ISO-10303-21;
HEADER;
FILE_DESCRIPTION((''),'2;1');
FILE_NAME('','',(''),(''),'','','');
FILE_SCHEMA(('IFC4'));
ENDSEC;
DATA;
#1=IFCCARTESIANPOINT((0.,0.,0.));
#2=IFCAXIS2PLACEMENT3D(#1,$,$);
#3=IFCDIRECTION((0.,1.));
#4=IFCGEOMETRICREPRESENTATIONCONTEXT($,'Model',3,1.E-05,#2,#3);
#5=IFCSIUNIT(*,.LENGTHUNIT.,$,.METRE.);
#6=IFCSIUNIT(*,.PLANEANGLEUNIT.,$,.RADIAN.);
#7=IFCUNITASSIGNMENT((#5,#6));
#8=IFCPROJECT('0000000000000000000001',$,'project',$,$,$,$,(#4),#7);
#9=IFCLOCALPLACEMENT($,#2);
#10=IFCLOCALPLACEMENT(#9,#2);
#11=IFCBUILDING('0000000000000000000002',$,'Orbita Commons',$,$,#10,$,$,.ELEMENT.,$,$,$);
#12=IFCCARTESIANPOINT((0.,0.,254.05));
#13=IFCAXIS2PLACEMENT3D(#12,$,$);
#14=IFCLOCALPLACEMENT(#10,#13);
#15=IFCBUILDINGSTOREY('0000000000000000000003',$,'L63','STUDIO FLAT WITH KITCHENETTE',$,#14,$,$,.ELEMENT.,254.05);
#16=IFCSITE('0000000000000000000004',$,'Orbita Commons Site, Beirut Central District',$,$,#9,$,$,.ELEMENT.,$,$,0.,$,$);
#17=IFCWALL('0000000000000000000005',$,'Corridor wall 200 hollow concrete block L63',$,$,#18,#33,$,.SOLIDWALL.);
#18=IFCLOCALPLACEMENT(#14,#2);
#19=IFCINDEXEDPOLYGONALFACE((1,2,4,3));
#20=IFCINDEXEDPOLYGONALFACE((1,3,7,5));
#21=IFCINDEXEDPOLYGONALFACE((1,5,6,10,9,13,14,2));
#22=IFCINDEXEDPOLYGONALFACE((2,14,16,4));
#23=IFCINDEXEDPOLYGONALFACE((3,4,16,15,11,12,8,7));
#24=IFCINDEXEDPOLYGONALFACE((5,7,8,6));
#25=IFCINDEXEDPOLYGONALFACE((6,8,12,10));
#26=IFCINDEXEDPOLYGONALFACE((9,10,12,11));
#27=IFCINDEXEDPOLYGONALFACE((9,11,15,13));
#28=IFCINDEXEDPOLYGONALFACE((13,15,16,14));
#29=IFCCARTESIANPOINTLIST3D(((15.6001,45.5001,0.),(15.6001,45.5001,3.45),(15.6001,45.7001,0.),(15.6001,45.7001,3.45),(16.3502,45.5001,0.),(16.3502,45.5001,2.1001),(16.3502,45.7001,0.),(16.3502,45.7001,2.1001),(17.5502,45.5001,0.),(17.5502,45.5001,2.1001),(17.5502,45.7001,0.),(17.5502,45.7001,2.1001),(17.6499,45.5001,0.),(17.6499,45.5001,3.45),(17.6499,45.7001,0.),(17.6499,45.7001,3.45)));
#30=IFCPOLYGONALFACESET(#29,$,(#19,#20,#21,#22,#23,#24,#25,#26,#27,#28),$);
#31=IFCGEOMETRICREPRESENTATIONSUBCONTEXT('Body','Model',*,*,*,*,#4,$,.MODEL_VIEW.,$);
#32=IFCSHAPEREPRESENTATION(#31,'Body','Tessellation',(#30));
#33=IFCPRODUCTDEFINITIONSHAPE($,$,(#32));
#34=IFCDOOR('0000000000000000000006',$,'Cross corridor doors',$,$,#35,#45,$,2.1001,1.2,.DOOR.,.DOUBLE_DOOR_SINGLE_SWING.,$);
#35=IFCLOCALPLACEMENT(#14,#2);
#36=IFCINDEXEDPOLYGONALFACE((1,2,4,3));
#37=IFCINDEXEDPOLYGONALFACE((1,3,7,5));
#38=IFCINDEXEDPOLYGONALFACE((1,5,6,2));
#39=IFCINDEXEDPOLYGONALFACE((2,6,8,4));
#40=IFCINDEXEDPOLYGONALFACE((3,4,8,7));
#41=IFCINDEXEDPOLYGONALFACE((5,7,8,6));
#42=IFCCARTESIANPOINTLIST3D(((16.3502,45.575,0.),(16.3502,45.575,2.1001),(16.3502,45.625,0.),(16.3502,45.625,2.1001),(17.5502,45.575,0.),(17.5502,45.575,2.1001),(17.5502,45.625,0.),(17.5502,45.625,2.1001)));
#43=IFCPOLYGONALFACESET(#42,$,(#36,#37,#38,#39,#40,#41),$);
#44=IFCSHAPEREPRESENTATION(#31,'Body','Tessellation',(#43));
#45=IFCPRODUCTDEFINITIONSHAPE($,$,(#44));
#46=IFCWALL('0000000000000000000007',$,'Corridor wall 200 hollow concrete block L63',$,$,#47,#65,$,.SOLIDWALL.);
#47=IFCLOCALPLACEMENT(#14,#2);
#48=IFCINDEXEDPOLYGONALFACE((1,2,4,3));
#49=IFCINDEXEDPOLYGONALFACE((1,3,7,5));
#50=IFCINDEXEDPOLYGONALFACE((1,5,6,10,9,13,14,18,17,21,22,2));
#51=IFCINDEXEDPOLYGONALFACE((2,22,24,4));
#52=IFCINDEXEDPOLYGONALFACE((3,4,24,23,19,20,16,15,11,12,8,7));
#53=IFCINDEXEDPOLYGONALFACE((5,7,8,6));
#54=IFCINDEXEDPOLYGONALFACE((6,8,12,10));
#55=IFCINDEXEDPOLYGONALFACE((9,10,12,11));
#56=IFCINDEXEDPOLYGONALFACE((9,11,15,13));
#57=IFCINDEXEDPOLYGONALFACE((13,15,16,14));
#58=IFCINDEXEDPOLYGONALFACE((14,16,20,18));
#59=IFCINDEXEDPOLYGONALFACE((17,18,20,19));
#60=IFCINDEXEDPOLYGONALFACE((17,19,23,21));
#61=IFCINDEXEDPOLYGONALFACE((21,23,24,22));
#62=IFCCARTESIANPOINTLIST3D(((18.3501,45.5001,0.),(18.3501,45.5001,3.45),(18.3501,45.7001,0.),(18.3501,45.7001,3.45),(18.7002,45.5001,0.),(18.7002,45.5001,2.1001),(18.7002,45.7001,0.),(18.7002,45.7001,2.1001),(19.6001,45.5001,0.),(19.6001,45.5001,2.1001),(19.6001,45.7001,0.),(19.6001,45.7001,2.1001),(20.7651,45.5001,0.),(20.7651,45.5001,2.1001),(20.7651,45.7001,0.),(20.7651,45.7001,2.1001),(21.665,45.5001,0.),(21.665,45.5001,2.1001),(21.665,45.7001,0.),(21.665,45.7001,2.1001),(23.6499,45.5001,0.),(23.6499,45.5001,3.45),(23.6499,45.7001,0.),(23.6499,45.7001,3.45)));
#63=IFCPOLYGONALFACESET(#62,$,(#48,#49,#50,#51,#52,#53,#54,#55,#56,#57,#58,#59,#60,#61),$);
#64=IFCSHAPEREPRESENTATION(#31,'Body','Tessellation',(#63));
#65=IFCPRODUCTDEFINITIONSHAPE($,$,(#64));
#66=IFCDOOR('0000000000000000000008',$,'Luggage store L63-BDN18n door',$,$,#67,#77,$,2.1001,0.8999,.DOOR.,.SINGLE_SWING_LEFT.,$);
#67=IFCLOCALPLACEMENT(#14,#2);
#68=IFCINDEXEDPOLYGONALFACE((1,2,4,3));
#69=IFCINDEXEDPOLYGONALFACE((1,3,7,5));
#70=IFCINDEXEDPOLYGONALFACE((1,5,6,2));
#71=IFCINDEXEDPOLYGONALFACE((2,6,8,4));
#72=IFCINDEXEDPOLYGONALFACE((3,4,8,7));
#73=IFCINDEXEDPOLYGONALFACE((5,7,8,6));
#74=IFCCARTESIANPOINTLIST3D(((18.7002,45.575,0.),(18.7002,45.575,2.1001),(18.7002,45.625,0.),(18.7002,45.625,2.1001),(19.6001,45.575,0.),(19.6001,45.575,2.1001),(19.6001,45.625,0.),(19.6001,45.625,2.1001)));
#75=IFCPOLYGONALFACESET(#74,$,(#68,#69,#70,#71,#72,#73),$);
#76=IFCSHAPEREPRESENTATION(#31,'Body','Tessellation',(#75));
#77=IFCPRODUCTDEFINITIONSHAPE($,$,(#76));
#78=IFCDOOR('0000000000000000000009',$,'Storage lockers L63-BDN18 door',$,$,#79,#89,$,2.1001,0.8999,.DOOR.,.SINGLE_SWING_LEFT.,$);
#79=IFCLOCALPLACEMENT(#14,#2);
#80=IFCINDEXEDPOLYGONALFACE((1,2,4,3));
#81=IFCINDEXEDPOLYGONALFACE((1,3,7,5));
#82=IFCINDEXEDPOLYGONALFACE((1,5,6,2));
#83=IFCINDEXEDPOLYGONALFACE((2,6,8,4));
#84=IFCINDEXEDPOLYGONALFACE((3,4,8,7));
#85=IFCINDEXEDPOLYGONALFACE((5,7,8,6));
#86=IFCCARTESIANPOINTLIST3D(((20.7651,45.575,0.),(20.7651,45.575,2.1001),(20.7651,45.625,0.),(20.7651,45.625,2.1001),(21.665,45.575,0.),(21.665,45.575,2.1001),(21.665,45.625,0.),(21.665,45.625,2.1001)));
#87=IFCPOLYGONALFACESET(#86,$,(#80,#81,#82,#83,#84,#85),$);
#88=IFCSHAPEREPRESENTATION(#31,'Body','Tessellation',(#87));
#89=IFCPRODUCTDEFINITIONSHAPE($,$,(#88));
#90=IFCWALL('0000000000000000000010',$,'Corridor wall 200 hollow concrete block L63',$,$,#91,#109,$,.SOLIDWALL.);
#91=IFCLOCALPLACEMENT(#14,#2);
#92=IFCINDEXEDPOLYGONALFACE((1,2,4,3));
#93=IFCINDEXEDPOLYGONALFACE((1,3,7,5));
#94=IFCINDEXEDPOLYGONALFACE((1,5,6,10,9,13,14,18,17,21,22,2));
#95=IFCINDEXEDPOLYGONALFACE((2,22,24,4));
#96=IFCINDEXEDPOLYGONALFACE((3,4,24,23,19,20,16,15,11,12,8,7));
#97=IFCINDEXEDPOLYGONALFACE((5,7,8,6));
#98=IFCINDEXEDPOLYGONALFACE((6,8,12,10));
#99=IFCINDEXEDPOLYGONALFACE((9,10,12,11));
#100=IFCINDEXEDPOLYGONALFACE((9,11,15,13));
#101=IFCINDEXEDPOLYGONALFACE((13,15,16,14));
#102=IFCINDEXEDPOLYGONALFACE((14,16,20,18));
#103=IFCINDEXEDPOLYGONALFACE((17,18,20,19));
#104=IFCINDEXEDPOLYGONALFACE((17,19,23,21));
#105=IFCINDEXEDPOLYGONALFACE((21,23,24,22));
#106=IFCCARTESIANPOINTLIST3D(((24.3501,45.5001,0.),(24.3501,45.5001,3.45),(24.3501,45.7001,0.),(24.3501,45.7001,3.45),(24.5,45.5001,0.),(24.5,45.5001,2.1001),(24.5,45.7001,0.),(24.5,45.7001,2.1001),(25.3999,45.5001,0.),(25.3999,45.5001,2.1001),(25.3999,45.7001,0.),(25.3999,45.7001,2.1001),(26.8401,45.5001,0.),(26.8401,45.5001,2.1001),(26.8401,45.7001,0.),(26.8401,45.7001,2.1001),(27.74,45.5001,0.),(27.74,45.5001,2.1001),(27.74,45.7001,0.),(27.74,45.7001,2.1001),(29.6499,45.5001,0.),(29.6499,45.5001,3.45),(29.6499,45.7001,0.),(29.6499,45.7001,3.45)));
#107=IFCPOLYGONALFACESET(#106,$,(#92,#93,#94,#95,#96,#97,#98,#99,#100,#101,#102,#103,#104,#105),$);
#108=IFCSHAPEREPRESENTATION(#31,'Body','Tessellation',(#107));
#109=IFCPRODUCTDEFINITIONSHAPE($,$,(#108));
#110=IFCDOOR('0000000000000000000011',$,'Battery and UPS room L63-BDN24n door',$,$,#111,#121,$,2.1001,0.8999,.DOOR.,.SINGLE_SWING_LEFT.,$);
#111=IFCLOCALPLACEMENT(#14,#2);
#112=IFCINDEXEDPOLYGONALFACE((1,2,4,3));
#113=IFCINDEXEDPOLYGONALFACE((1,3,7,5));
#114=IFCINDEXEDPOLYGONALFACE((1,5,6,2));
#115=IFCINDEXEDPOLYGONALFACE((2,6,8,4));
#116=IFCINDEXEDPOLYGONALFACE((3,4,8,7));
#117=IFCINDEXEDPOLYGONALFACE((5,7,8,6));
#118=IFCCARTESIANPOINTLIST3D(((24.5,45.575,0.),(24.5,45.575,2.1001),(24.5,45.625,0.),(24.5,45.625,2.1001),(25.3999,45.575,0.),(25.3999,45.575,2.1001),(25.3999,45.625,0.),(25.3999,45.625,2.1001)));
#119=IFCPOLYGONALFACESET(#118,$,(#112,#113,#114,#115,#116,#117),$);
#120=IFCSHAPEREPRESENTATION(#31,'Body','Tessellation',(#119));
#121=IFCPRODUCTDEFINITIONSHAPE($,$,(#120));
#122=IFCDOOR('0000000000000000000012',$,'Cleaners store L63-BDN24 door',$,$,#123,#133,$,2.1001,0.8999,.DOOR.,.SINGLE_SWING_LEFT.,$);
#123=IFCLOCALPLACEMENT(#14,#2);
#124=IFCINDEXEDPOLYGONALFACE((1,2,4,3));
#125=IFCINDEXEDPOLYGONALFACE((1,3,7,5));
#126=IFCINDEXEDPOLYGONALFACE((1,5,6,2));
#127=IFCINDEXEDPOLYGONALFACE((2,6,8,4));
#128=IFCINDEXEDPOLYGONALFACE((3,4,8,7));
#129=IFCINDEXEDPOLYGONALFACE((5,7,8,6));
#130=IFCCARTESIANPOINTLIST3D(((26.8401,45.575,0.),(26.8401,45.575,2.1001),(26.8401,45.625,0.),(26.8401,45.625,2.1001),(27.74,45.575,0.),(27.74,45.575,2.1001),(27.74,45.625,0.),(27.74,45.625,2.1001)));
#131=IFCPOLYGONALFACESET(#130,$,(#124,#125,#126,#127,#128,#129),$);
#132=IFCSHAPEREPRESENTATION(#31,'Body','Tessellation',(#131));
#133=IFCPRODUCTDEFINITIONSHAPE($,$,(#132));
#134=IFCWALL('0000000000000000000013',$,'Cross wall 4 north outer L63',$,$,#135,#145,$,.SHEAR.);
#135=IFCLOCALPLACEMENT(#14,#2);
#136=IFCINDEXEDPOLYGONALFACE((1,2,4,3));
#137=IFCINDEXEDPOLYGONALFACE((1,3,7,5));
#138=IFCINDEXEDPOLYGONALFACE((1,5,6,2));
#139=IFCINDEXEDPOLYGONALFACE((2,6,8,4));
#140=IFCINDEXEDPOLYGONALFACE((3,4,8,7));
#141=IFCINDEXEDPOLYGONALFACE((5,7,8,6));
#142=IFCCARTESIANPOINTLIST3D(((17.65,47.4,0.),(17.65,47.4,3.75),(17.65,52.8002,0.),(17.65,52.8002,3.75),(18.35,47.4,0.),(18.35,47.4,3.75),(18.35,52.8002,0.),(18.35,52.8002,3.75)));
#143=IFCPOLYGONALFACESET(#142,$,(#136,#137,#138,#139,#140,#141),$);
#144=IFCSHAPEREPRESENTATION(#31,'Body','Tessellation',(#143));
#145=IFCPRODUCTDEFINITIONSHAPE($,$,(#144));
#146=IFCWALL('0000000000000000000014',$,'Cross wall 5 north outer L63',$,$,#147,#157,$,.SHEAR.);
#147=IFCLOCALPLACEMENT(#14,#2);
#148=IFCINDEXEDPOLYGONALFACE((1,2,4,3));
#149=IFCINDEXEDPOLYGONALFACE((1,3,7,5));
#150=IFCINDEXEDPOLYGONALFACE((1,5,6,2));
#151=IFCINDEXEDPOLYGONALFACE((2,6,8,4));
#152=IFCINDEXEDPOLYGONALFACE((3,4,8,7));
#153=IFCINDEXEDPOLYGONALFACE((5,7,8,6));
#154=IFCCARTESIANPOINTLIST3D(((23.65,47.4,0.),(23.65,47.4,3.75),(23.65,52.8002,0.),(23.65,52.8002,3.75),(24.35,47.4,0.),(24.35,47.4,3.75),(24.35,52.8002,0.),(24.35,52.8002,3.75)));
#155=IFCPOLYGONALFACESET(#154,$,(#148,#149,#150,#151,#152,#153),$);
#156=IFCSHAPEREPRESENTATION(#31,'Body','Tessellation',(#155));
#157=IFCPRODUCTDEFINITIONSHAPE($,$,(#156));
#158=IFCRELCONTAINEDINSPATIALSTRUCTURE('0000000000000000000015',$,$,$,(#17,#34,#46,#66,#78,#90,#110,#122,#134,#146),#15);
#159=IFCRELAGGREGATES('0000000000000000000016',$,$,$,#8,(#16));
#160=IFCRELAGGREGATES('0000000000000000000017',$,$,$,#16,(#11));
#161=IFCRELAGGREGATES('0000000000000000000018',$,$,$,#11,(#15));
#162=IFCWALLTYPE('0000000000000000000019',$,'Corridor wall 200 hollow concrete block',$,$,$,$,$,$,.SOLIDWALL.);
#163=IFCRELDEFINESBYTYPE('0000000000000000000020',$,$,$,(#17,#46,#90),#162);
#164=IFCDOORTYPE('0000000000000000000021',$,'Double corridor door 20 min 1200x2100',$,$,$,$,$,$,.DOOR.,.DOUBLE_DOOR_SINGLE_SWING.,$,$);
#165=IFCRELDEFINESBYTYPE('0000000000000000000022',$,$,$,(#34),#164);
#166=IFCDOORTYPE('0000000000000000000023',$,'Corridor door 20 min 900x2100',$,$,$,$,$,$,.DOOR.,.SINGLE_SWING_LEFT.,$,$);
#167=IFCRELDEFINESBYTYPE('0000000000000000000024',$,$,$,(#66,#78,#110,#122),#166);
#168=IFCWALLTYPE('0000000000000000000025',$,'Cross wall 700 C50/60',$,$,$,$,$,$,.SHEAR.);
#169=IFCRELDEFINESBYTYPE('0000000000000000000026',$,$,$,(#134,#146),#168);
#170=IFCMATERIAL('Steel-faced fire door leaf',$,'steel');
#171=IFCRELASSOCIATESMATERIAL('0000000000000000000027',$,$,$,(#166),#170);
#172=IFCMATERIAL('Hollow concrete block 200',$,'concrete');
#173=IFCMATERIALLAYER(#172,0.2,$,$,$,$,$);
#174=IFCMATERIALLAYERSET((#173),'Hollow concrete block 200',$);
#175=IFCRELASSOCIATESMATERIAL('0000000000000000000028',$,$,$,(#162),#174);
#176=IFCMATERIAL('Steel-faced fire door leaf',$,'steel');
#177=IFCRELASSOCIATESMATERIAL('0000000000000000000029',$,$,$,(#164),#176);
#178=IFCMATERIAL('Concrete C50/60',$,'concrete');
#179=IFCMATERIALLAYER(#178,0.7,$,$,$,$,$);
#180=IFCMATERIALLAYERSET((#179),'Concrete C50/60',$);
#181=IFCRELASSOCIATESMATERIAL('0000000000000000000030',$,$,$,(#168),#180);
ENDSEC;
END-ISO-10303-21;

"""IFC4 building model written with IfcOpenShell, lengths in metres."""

from ifc_helpers import new_model, si_unit, direction, frame, frame_2d, origin, place, context, subcontext, project, spatial, rectangle, extrude, material, layer, layer_set, type_object, element, fill, save


model = new_model("IFC4")

# Units and contexts
model_context = context("Model", 3, precision=1e-05, world=origin(), true_north=direction((0.0, 1.0)))
body_context = subcontext(model_context, "Body", "Model", "MODEL_VIEW")
ifc_project = project(units=[si_unit("LENGTHUNIT", "METRE"), si_unit("PLANEANGLEUNIT", "RADIAN")], contexts=[model_context])

# Site, building, storey
site_placement = place(None, origin())
site = spatial("IfcSite", under=ifc_project, at=site_placement, Name="Orbita Commons Site, Beirut Central District", CompositionType="ELEMENT", RefElevation=0.0)
building_placement = place(site_placement, origin())
building = spatial("IfcBuilding", under=site, at=building_placement, Name="Orbita Commons", CompositionType="ELEMENT")
storey_placement = place(building_placement, frame((0.0, 0.0, 254.05)))
storey = spatial("IfcBuildingStorey", under=building, at=storey_placement, Name="L63", Description="STUDIO FLAT WITH KITCHENETTE", CompositionType="ELEMENT", Elevation=254.05)

# Wall, opening, door
ifc_material_1 = material(Name="Steel-faced fire door leaf", Category="steel")
door_type_1 = type_object("IfcDoorType", Name="Corridor door 20 min 900x2100", OperationType="SINGLE_SWING_LEFT", PredefinedType="DOOR", material=ifc_material_1)
ifc_material_2 = material(Name="Hollow concrete block 200", Category="concrete")
ifc_layer_1 = layer(ifc_material_2, 0.2)
ifc_layer_set_1 = layer_set([ifc_layer_1], Name="Hollow concrete block 200")
wall_type_1 = type_object("IfcWallType", Name="Corridor wall 200 hollow concrete block", PredefinedType="SOLIDWALL", material=ifc_layer_set_1)
wall_1_placement = place(storey_placement, frame((15.6001, 45.6001, 0.0), z_axis=(0.0, 0.0, 1.0), x_axis=(1.0, 0.0, 0.0)))
wall_1 = element("IfcWall", 1, at=wall_1_placement, inside=storey, type_object=wall_type_1, Name="Corridor wall 200 hollow concrete block L63", PredefinedType="SOLIDWALL", context=body_context, shape_type="SweptSolid", body=[
    extrude(rectangle(XDim=2.0498, YDim=0.2, at=frame_2d((1.0249, 0.0))), origin(), (0.0, 0.0, 1.0), 3.45),
])
opening_1_placement = place(wall_1_placement, frame((0.75, 0.0, 0.0)))
opening_1 = element("IfcOpeningElement", 2, at=opening_1_placement, cuts=wall_1, PredefinedType="OPENING", context=body_context, shape_type="SweptSolid", body=[
    extrude(rectangle(XDim=1.2, YDim=2.1001, at=frame_2d((0.6001, 1.05))), frame((0.0, 0.1099, 0.0), z_axis=(0.0, -1.0, 0.0), x_axis=(1.0, 0.0, 0.0)), (0.0, 0.0, 1.0), 0.22),
])
ifc_material_3 = material(Name="Steel-faced fire door leaf", Category="steel")
door_type_2 = type_object("IfcDoorType", Name="Double corridor door 20 min 1200x2100", OperationType="DOUBLE_DOOR_SINGLE_SWING", PredefinedType="DOOR", material=ifc_material_3)
door_1_placement = place(opening_1_placement, origin())
door_1 = element("IfcDoor", 3, at=door_1_placement, inside=storey, type_object=door_type_2, Name="Cross corridor doors", OperationType="DOUBLE_DOOR_SINGLE_SWING", OverallHeight=2.1001, OverallWidth=1.2, PredefinedType="DOOR", context=body_context, shape_type="SweptSolid", body=[
    extrude(rectangle(XDim=1.2, YDim=2.1001, at=frame_2d((0.6001, 1.05))), frame((0.0, 0.0249, 0.0), z_axis=(0.0, -1.0, 0.0), x_axis=(1.0, 0.0, 0.0)), (0.0, 0.0, 1.0), 0.05),
])
fill(opening_1, door_1)

# Walls, openings, doors
wall_2_placement = place(storey_placement, frame((18.3501, 45.6001, 0.0), z_axis=(0.0, 0.0, 1.0), x_axis=(1.0, 0.0, 0.0)))
wall_2 = element("IfcWall", 4, at=wall_2_placement, inside=storey, type_object=wall_type_1, Name="Corridor wall 200 hollow concrete block L63", PredefinedType="SOLIDWALL", context=body_context, shape_type="SweptSolid", body=[
    extrude(rectangle(XDim=5.2998, YDim=0.2, at=frame_2d((2.6499, 0.0))), origin(), (0.0, 0.0, 1.0), 3.45),
])
opening_2_placement = place(wall_2_placement, frame((0.3501, 0.0, 0.0)))
opening_2 = element("IfcOpeningElement", 5, at=opening_2_placement, cuts=wall_2, PredefinedType="OPENING", context=body_context, shape_type="SweptSolid", body=[
    extrude(rectangle(XDim=0.8999, YDim=2.1001, at=frame_2d((0.45, 1.05))), frame((0.0, 0.1099, 0.0), z_axis=(0.0, -1.0, 0.0), x_axis=(1.0, 0.0, 0.0)), (0.0, 0.0, 1.0), 0.22),
])
opening_3_placement = place(wall_2_placement, frame((2.415, 0.0, 0.0)))
opening_3 = element("IfcOpeningElement", 6, at=opening_3_placement, cuts=wall_2, PredefinedType="OPENING", context=body_context, shape_type="SweptSolid", body=[
    extrude(rectangle(XDim=0.8999, YDim=2.1001, at=frame_2d((0.45, 1.05))), frame((0.0, 0.1099, 0.0), z_axis=(0.0, -1.0, 0.0), x_axis=(1.0, 0.0, 0.0)), (0.0, 0.0, 1.0), 0.22),
])
door_2_placement = place(opening_2_placement, origin())
door_2 = element("IfcDoor", 7, at=door_2_placement, inside=storey, type_object=door_type_1, Name="Luggage store L63-BDN18n door", OperationType="SINGLE_SWING_LEFT", OverallHeight=2.1001, OverallWidth=0.8999, PredefinedType="DOOR", context=body_context, shape_type="SweptSolid", body=[
    extrude(rectangle(XDim=0.8999, YDim=2.1001, at=frame_2d((0.45, 1.05))), frame((0.0, 0.0249, 0.0), z_axis=(0.0, -1.0, 0.0), x_axis=(1.0, 0.0, 0.0)), (0.0, 0.0, 1.0), 0.05),
])
fill(opening_2, door_2)
door_3_placement = place(opening_3_placement, origin())
door_3 = element("IfcDoor", 8, at=door_3_placement, inside=storey, type_object=door_type_1, Name="Storage lockers L63-BDN18 door", OperationType="SINGLE_SWING_LEFT", OverallHeight=2.1001, OverallWidth=0.8999, PredefinedType="DOOR", context=body_context, shape_type="SweptSolid", body=[
    extrude(rectangle(XDim=0.8999, YDim=2.1001, at=frame_2d((0.45, 1.05))), frame((0.0, 0.0249, 0.0), z_axis=(0.0, -1.0, 0.0), x_axis=(1.0, 0.0, 0.0)), (0.0, 0.0, 1.0), 0.05),
])
fill(opening_3, door_3)
wall_3_placement = place(storey_placement, frame((24.3501, 45.6001, 0.0), z_axis=(0.0, 0.0, 1.0), x_axis=(1.0, 0.0, 0.0)))
wall_3 = element("IfcWall", 9, at=wall_3_placement, inside=storey, type_object=wall_type_1, Name="Corridor wall 200 hollow concrete block L63", PredefinedType="SOLIDWALL", context=body_context, shape_type="SweptSolid", body=[
    extrude(rectangle(XDim=5.2998, YDim=0.2, at=frame_2d((2.6499, 0.0))), origin(), (0.0, 0.0, 1.0), 3.45),
])
opening_4_placement = place(wall_3_placement, frame((0.1499, 0.0, 0.0)))
opening_4 = element("IfcOpeningElement", 10, at=opening_4_placement, cuts=wall_3, PredefinedType="OPENING", context=body_context, shape_type="SweptSolid", body=[
    extrude(rectangle(XDim=0.8999, YDim=2.1001, at=frame_2d((0.45, 1.05))), frame((0.0, 0.1099, 0.0), z_axis=(0.0, -1.0, 0.0), x_axis=(1.0, 0.0, 0.0)), (0.0, 0.0, 1.0), 0.22),
])
opening_5_placement = place(wall_3_placement, frame((2.49, 0.0, 0.0)))
opening_5 = element("IfcOpeningElement", 11, at=opening_5_placement, cuts=wall_3, PredefinedType="OPENING", context=body_context, shape_type="SweptSolid", body=[
    extrude(rectangle(XDim=0.8999, YDim=2.1001, at=frame_2d((0.45, 1.05))), frame((0.0, 0.1099, 0.0), z_axis=(0.0, -1.0, 0.0), x_axis=(1.0, 0.0, 0.0)), (0.0, 0.0, 1.0), 0.22),
])
door_4_placement = place(opening_4_placement, origin())
door_4 = element("IfcDoor", 12, at=door_4_placement, inside=storey, type_object=door_type_1, Name="Battery and UPS room L63-BDN24n door", OperationType="SINGLE_SWING_LEFT", OverallHeight=2.1001, OverallWidth=0.8999, PredefinedType="DOOR", context=body_context, shape_type="SweptSolid", body=[
    extrude(rectangle(XDim=0.8999, YDim=2.1001, at=frame_2d((0.45, 1.05))), frame((0.0, 0.0249, 0.0), z_axis=(0.0, -1.0, 0.0), x_axis=(1.0, 0.0, 0.0)), (0.0, 0.0, 1.0), 0.05),
])
fill(opening_4, door_4)
door_5_placement = place(opening_5_placement, origin())
door_5 = element("IfcDoor", 13, at=door_5_placement, inside=storey, type_object=door_type_1, Name="Cleaners store L63-BDN24 door", OperationType="SINGLE_SWING_LEFT", OverallHeight=2.1001, OverallWidth=0.8999, PredefinedType="DOOR", context=body_context, shape_type="SweptSolid", body=[
    extrude(rectangle(XDim=0.8999, YDim=2.1001, at=frame_2d((0.45, 1.05))), frame((0.0, 0.0249, 0.0), z_axis=(0.0, -1.0, 0.0), x_axis=(1.0, 0.0, 0.0)), (0.0, 0.0, 1.0), 0.05),
])
fill(opening_5, door_5)

# Walls
ifc_material_4 = material(Name="Concrete C50/60", Category="concrete")
ifc_layer_2 = layer(ifc_material_4, 0.7)
ifc_layer_set_2 = layer_set([ifc_layer_2], Name="Concrete C50/60")
wall_type_2 = type_object("IfcWallType", Name="Cross wall 700 C50/60", PredefinedType="SHEAR", material=ifc_layer_set_2)
for number, where, z_axis, x_axis, name in (
    (14, (18.0, 47.3999, 0.0), (0.0, 0.0, 1.0), (0.0, 1.0, 0.0), "Cross wall 4 north outer L63"),
    (15, (24.0, 47.3999, 0.0), (0.0, 0.0, 1.0), (0.0, 1.0, 0.0), "Cross wall 5 north outer L63"),
):
    element("IfcWall", number, at=place(storey_placement, frame(where, z_axis=z_axis, x_axis=x_axis)), inside=storey, type_object=wall_type_2, Name=name, PredefinedType="SHEAR", context=body_context, shape_type="SweptSolid", body=[
        extrude(rectangle(XDim=5.4001, YDim=0.7, at=frame_2d((2.7002, 0.0))), origin(), (0.0, 0.0, 1.0), 3.75),
    ])

save(model, "model.ifc")
